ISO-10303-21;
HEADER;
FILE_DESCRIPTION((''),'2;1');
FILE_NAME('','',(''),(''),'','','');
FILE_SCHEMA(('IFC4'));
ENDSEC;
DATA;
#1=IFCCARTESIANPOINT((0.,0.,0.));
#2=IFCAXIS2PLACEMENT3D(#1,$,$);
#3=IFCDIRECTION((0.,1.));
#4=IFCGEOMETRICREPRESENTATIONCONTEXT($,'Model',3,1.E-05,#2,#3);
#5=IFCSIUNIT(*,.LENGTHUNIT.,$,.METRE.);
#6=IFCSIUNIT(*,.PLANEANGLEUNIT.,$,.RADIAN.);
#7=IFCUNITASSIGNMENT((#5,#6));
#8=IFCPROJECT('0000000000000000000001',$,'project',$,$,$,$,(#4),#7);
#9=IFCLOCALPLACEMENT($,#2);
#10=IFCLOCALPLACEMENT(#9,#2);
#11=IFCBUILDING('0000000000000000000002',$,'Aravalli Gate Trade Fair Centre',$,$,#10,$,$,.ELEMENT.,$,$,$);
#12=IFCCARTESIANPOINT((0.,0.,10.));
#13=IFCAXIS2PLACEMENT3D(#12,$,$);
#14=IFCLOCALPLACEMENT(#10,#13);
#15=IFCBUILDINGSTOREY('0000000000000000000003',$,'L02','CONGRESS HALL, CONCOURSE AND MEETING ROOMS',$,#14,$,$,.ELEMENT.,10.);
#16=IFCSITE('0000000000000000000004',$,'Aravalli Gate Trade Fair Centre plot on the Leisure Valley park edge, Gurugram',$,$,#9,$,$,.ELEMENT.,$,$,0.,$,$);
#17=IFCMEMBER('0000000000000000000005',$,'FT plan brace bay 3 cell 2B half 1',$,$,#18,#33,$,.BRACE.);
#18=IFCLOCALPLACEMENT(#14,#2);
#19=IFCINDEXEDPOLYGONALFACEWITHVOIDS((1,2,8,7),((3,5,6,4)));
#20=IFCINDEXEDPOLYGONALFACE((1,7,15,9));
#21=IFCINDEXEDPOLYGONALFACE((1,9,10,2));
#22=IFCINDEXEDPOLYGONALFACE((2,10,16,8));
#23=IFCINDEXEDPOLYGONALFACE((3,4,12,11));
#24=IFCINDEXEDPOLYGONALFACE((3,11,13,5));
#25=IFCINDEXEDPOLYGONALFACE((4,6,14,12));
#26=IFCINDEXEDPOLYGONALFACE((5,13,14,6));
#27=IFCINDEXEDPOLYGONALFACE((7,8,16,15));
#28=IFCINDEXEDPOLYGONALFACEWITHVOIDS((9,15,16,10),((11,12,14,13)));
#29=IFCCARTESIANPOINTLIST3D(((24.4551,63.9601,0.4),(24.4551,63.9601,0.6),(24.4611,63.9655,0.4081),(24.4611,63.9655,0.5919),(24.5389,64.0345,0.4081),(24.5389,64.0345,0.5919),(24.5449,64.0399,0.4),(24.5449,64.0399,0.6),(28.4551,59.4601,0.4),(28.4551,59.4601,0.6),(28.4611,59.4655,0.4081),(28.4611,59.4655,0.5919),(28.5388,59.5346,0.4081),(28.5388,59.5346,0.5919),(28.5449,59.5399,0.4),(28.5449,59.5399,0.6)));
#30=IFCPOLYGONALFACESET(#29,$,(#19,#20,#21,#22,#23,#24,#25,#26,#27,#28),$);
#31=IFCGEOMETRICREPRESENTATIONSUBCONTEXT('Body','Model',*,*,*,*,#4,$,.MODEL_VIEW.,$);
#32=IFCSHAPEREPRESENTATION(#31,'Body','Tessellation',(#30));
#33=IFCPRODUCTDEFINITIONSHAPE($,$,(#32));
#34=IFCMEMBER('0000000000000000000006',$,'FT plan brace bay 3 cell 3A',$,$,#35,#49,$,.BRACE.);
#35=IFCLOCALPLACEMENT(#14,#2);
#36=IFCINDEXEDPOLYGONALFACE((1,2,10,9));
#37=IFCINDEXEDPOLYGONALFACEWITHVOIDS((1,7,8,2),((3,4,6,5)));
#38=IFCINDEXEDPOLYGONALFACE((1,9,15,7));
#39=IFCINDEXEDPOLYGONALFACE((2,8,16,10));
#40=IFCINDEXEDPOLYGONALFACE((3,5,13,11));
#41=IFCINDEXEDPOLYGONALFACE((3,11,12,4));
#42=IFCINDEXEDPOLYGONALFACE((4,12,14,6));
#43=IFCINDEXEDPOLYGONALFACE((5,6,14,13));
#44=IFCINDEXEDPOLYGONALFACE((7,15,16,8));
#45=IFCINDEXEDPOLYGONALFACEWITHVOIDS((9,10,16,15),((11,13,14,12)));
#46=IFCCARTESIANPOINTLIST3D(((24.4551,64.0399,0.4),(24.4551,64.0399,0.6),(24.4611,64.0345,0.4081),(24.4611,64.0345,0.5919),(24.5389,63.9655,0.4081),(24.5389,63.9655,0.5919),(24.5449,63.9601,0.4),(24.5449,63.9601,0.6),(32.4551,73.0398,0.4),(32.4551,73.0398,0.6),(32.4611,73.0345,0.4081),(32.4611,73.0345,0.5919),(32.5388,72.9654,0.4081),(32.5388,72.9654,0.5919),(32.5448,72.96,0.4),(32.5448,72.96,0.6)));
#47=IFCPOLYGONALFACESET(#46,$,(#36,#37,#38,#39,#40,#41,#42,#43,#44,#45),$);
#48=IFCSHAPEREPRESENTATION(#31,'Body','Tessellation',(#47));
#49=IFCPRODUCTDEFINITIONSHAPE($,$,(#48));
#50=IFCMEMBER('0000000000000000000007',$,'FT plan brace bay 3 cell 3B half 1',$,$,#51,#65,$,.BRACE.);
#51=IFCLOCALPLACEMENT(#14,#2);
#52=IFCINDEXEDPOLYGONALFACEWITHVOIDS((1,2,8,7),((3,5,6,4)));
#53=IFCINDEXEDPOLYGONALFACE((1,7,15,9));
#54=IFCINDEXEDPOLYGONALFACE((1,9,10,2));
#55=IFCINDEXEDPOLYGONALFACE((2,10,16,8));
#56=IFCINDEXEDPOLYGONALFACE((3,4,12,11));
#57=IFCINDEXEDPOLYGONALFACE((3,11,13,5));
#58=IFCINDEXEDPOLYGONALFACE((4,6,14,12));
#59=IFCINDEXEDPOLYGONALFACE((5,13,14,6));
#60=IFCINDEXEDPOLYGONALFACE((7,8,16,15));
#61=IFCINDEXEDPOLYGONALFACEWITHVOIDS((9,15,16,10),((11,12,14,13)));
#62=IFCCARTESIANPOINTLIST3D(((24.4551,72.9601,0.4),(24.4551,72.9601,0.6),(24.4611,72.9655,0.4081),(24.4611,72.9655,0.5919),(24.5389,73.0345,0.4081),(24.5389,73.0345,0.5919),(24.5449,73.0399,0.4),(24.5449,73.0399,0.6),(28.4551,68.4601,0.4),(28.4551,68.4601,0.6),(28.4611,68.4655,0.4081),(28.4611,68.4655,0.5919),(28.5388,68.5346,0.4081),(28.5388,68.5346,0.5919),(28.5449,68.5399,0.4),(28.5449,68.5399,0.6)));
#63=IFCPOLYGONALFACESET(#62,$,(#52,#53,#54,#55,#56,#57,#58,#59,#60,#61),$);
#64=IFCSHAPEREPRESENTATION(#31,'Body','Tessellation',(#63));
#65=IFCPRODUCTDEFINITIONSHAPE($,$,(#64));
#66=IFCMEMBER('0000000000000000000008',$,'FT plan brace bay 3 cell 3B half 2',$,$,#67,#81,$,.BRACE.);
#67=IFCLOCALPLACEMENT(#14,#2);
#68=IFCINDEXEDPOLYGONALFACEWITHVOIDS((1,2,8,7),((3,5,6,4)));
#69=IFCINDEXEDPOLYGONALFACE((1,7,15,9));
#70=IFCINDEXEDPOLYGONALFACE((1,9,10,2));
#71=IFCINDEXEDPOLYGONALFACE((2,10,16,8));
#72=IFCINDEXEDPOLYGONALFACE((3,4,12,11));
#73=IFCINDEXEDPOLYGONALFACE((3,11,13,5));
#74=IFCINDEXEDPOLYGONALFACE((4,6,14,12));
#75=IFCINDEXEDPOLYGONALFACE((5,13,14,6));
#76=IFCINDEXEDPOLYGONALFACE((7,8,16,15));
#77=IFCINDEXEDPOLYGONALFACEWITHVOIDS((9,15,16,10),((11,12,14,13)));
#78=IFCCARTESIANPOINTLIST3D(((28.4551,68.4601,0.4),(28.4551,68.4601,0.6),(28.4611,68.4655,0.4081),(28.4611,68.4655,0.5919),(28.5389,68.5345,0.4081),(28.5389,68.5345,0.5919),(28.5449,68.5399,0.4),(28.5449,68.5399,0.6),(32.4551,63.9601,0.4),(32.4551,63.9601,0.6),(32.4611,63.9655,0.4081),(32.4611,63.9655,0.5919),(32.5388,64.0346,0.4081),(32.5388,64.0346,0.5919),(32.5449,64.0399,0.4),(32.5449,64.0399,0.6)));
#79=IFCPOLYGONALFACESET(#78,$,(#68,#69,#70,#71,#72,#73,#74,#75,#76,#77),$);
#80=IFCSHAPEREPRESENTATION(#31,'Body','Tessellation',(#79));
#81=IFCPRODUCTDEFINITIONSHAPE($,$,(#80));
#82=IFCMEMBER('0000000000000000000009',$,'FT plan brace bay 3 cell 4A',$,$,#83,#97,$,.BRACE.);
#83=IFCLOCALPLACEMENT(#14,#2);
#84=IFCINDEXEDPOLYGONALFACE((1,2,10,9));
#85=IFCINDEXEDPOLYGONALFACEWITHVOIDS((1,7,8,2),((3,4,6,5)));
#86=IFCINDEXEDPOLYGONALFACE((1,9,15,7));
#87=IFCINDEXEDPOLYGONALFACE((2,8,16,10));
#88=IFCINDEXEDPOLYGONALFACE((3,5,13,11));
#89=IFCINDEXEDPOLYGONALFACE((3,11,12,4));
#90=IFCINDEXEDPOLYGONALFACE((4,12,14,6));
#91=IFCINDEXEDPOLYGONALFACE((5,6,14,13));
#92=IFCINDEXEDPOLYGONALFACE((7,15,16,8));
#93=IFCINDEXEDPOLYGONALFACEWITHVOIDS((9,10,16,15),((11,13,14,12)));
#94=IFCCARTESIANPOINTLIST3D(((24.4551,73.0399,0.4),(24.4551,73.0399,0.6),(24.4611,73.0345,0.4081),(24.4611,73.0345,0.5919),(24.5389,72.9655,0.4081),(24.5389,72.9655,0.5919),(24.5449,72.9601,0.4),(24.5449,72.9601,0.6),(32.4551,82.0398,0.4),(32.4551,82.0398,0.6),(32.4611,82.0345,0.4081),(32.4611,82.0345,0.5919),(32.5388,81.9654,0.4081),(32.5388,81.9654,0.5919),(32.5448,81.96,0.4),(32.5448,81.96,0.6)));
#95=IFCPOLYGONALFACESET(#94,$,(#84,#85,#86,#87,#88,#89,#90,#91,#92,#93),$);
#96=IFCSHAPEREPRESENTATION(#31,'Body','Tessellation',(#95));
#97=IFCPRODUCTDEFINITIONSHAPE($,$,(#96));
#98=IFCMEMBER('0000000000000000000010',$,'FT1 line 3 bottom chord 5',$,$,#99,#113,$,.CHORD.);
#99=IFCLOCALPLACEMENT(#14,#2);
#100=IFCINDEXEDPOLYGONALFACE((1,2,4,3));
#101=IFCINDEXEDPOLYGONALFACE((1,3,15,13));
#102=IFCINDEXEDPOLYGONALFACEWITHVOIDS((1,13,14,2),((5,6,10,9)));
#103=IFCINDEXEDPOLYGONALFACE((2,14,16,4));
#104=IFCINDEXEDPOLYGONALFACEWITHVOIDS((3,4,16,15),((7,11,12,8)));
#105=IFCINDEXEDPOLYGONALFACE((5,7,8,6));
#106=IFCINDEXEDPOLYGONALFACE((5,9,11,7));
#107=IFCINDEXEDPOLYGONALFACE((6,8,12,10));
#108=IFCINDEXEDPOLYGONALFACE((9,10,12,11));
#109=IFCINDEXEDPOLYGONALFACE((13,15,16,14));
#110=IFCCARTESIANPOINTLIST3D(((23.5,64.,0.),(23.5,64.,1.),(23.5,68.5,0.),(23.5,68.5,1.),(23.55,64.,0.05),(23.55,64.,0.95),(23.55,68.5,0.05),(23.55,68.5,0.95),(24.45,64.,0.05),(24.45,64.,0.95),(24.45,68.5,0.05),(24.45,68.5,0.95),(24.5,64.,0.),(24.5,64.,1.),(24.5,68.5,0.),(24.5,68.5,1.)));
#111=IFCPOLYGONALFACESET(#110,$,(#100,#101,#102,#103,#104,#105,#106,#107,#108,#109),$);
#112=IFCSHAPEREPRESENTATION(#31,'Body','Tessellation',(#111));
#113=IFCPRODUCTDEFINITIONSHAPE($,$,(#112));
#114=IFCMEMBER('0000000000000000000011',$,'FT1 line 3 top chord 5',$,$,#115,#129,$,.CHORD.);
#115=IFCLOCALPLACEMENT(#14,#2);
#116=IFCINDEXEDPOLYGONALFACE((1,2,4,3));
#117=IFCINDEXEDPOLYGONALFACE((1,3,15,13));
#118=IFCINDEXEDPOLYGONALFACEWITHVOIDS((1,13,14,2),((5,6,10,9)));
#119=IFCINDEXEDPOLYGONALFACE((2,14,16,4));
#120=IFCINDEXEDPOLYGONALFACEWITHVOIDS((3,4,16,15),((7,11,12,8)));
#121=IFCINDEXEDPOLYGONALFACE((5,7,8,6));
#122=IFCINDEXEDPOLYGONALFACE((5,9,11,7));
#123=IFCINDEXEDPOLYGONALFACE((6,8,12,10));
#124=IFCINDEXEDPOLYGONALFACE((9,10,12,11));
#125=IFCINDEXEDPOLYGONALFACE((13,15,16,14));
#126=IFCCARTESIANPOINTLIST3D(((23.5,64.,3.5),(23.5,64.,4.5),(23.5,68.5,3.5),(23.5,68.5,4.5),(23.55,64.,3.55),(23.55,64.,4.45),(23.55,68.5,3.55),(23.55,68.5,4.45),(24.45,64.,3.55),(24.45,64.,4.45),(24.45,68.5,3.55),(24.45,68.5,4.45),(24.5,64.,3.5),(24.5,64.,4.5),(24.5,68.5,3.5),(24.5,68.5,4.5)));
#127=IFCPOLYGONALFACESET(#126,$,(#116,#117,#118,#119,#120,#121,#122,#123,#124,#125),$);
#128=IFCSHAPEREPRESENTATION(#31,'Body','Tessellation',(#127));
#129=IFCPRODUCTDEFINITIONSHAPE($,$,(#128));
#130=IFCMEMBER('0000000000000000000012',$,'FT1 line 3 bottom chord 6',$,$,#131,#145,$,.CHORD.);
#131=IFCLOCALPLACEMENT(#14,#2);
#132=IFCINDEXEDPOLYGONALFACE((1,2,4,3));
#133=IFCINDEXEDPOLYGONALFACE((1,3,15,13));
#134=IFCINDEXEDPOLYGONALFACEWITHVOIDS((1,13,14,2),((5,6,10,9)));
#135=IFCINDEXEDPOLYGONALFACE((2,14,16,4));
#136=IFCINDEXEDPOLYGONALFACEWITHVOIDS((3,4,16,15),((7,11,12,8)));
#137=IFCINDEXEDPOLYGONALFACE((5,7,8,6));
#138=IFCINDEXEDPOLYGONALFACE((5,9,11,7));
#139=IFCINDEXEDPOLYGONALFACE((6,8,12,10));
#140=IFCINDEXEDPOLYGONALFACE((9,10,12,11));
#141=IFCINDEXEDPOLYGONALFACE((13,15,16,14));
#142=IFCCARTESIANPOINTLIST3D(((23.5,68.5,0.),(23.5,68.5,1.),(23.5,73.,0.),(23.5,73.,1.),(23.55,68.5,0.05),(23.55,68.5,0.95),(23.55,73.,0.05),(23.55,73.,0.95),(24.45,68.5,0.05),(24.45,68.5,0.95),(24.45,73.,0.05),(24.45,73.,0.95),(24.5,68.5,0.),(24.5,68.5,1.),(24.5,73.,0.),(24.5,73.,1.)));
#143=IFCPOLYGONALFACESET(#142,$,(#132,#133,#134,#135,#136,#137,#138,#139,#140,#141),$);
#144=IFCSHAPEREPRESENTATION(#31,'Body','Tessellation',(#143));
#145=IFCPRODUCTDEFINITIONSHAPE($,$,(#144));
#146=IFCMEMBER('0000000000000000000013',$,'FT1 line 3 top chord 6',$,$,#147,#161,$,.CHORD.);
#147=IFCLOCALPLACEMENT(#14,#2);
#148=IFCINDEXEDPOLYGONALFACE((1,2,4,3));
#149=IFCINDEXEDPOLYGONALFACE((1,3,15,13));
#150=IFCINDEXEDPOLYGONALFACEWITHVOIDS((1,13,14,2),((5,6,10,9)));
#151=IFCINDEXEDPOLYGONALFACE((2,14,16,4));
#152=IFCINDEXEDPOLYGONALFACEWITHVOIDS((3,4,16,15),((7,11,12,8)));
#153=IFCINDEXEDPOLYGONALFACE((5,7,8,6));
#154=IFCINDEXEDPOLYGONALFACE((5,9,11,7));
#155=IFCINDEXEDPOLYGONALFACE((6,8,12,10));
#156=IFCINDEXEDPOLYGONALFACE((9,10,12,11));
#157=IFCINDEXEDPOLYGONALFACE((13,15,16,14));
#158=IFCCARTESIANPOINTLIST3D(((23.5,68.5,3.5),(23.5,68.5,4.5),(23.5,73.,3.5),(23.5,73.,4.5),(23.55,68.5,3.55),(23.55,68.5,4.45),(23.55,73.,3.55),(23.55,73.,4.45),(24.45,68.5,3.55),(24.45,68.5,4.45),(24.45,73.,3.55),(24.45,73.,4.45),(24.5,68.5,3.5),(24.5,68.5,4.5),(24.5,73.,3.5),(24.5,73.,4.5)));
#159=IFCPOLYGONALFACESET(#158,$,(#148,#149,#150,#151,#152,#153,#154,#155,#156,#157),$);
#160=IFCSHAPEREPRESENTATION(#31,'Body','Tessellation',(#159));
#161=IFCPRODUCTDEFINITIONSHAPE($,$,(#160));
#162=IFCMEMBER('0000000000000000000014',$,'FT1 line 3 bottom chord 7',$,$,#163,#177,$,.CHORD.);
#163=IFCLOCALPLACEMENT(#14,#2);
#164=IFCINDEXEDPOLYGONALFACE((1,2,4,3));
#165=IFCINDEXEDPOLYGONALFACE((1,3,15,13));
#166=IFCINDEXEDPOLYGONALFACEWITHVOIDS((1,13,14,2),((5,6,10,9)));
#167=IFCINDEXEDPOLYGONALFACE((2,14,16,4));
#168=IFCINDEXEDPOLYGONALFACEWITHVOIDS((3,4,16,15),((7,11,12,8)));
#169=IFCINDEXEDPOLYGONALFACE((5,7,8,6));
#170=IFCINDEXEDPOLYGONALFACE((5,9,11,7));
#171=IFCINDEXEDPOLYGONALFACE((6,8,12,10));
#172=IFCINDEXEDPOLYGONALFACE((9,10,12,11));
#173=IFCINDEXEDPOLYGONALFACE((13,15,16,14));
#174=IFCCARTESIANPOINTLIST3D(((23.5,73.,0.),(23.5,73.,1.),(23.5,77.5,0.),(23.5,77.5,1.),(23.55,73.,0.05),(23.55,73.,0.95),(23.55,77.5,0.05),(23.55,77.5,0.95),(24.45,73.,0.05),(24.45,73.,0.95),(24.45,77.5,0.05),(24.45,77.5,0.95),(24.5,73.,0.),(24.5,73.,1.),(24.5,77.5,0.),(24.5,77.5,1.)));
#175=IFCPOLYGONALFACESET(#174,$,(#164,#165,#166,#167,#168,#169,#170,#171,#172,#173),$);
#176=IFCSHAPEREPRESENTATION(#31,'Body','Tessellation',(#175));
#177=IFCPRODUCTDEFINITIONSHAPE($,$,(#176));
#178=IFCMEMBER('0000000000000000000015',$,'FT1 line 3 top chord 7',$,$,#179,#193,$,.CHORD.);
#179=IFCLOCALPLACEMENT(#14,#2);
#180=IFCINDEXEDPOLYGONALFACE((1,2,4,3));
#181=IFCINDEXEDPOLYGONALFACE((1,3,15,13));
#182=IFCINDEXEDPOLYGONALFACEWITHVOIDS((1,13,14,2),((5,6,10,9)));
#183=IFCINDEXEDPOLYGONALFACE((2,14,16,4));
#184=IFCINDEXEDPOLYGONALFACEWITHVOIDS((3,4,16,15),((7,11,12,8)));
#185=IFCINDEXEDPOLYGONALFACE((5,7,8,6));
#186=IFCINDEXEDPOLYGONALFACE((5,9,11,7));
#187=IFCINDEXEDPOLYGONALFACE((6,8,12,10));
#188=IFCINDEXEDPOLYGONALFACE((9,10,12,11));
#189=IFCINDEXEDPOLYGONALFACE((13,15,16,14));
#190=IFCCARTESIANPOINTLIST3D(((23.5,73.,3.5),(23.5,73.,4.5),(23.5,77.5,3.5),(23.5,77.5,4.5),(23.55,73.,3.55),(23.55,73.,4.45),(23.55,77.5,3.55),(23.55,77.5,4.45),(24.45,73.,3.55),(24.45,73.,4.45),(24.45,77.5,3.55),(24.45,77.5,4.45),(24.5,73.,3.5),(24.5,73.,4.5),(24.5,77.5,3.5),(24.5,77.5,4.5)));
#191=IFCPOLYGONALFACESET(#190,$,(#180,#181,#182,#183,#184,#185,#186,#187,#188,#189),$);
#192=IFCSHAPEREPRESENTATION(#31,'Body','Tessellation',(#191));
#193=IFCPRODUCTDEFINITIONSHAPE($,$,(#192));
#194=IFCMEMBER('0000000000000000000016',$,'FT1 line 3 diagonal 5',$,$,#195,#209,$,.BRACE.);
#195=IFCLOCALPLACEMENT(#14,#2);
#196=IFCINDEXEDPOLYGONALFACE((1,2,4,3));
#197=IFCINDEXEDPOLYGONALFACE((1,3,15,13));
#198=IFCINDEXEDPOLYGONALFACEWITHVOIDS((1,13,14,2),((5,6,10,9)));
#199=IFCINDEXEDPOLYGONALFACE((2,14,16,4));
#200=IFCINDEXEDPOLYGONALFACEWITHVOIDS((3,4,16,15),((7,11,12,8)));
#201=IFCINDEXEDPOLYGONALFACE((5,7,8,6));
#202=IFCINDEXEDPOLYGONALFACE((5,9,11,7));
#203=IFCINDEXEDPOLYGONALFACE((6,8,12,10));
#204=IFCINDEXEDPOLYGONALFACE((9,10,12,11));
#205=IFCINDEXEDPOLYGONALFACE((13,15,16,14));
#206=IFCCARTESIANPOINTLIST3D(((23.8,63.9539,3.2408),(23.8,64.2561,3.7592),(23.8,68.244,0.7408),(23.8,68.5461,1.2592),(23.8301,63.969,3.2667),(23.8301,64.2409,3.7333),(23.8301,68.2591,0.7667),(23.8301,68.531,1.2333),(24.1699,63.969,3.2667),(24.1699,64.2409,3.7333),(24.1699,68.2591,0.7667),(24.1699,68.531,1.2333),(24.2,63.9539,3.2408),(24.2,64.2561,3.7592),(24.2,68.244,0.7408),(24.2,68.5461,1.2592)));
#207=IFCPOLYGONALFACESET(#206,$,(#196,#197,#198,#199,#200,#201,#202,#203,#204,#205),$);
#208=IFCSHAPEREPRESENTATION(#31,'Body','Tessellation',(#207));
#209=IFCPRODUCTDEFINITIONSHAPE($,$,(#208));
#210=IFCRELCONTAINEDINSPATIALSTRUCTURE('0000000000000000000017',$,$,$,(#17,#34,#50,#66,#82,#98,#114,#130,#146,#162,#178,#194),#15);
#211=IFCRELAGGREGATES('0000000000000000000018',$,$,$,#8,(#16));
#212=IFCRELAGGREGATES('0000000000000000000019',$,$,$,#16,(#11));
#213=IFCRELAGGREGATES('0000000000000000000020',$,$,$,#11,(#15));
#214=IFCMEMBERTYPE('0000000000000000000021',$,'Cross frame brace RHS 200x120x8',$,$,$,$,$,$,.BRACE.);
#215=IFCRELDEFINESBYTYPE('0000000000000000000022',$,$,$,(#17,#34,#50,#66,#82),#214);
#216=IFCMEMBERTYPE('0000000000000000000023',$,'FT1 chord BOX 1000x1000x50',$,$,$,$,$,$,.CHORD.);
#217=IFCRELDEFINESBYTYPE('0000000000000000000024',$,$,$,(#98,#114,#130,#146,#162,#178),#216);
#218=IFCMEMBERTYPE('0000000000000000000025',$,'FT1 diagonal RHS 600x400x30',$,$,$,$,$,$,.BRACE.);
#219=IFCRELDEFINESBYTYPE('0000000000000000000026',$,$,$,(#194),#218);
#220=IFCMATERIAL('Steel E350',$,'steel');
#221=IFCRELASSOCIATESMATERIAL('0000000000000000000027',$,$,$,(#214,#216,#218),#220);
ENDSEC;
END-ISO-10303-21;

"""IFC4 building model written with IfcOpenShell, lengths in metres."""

from ifc_helpers import new_model, si_unit, direction, frame, origin, origin_2d, place, context, subcontext, project, spatial, hollow_rectangle, extrude, material, material_profile, profile_set, type_object, element, save


model = new_model("IFC4")

# Units and contexts
model_context = context("Model", 3, precision=1e-05, world=origin(), true_north=direction((0.0, 1.0)))
body_context = subcontext(model_context, "Body", "Model", "MODEL_VIEW")
ifc_project = project(units=[si_unit("LENGTHUNIT", "METRE"), si_unit("PLANEANGLEUNIT", "RADIAN")], contexts=[model_context])

# Site, building, storey
site_placement = place(None, origin())
site = spatial("IfcSite", under=ifc_project, at=site_placement, Name="Aravalli Gate Trade Fair Centre plot on the Leisure Valley park edge, Gurugram", CompositionType="ELEMENT", RefElevation=0.0)
building_placement = place(site_placement, origin())
building = spatial("IfcBuilding", under=site, at=building_placement, Name="Aravalli Gate Trade Fair Centre", CompositionType="ELEMENT")
storey_placement = place(building_placement, frame((0.0, 0.0, 10.0)))
storey = spatial("IfcBuildingStorey", under=building, at=storey_placement, Name="L02", Description="CONGRESS HALL, CONCOURSE AND MEETING ROOMS", CompositionType="ELEMENT", Elevation=10.0)

# Members
ifc_material = material(Name="Steel E350", Category="steel")
ifc_material_profile_1 = material_profile(ifc_material, hollow_rectangle(XDim=0.1201, YDim=0.2, WallThickness=0.0081, at=origin_2d()), Name="RHS 200x120x8")
ifc_profile_set_1 = profile_set([ifc_material_profile_1], Name="Steel E350")
member_type_1 = type_object("IfcMemberType", Name="Cross frame brace RHS 200x120x8", PredefinedType="BRACE", material=ifc_profile_set_1)
member_1_placement = place(storey_placement, frame((24.5, 64.0, 0.5), z_axis=(0.664364, -0.747409, 0.0), x_axis=(0.747409, 0.664364, 0.0)))
element("IfcMember", 1, at=member_1_placement, inside=storey, type_object=member_type_1, Name="FT plan brace bay 3 cell 2B half 1", PredefinedType="BRACE", context=body_context, shape_type="SweptSolid", body=[
    extrude(hollow_rectangle(XDim=0.1201, YDim=0.2, WallThickness=0.0081, at=origin_2d()), origin(), (0.0, 0.0, 1.0), 6.0208),
])
member_2_placement = place(storey_placement, frame((24.5, 64.0, 0.5), z_axis=(0.664364, 0.747409, 0.0), x_axis=(-0.747409, 0.664364, 0.0)))
element("IfcMember", 2, at=member_2_placement, inside=storey, type_object=member_type_1, Name="FT plan brace bay 3 cell 3A", PredefinedType="BRACE", context=body_context, shape_type="SweptSolid", body=[
    extrude(hollow_rectangle(XDim=0.1201, YDim=0.2, WallThickness=0.0081, at=origin_2d()), origin(), (0.0, 0.0, 1.0), 12.0415),
])
for number, where, z_axis, x_axis, name in (
    (3, (24.5, 73.0, 0.5), (0.664364, -0.747409, 0.0), (0.747409, 0.664364, 0.0), "FT plan brace bay 3 cell 3B half 1"),
    (4, (28.5, 68.5, 0.5), (0.664364, -0.747409, 0.0), (0.747409, 0.664364, 0.0), "FT plan brace bay 3 cell 3B half 2"),
):
    element("IfcMember", number, at=place(storey_placement, frame(where, z_axis=z_axis, x_axis=x_axis)), inside=storey, type_object=member_type_1, Name=name, PredefinedType="BRACE", context=body_context, shape_type="SweptSolid", body=[
        extrude(hollow_rectangle(XDim=0.1201, YDim=0.2, WallThickness=0.0081, at=origin_2d()), origin(), (0.0, 0.0, 1.0), 6.0208),
    ])
member_3_placement = place(storey_placement, frame((24.5, 73.0, 0.5), z_axis=(0.664364, 0.747409, 0.0), x_axis=(-0.747409, 0.664364, 0.0)))
element("IfcMember", 5, at=member_3_placement, inside=storey, type_object=member_type_1, Name="FT plan brace bay 3 cell 4A", PredefinedType="BRACE", context=body_context, shape_type="SweptSolid", body=[
    extrude(hollow_rectangle(XDim=0.1201, YDim=0.2, WallThickness=0.0081, at=origin_2d()), origin(), (0.0, 0.0, 1.0), 12.0415),
])
ifc_material_profile_2 = material_profile(ifc_material, hollow_rectangle(XDim=1.0, YDim=1.0, WallThickness=0.05, at=origin_2d()), Name="BOX 1000x1000x50")
ifc_profile_set_2 = profile_set([ifc_material_profile_2], Name="Steel E350")
member_type_2 = type_object("IfcMemberType", Name="FT1 chord BOX 1000x1000x50", PredefinedType="CHORD", material=ifc_profile_set_2)
for number, where, z_axis, x_axis, name in (
    (6, (24.0, 64.0, 0.5), (0.0, 1.0, 0.0), (-1.0, 0.0, 0.0), "FT1 line 3 bottom chord 5"),
    (7, (24.0, 64.0, 4.0), (0.0, 1.0, 0.0), (-1.0, 0.0, 0.0), "FT1 line 3 top chord 5"),
    (8, (24.0, 68.5, 0.5), (0.0, 1.0, 0.0), (-1.0, 0.0, 0.0), "FT1 line 3 bottom chord 6"),
    (9, (24.0, 68.5, 4.0), (0.0, 1.0, 0.0), (-1.0, 0.0, 0.0), "FT1 line 3 top chord 6"),
    (10, (24.0, 73.0, 0.5), (0.0, 1.0, 0.0), (-1.0, 0.0, 0.0), "FT1 line 3 bottom chord 7"),
    (11, (24.0, 73.0, 4.0), (0.0, 1.0, 0.0), (-1.0, 0.0, 0.0), "FT1 line 3 top chord 7"),
):
    element("IfcMember", number, at=place(storey_placement, frame(where, z_axis=z_axis, x_axis=x_axis)), inside=storey, type_object=member_type_2, Name=name, PredefinedType="CHORD", context=body_context, shape_type="SweptSolid", body=[
        extrude(hollow_rectangle(XDim=1.0, YDim=1.0, WallThickness=0.05, at=origin_2d()), origin(), (0.0, 0.0, 1.0), 4.5),
    ])
ifc_material_profile_3 = material_profile(ifc_material, hollow_rectangle(XDim=0.3999, YDim=0.6001, WallThickness=0.03, at=origin_2d()), Name="RHS 600x400x30")
ifc_profile_set_3 = profile_set([ifc_material_profile_3], Name="Steel E350")
member_type_3 = type_object("IfcMemberType", Name="FT1 diagonal RHS 600x400x30", PredefinedType="BRACE", material=ifc_profile_set_3)
for number, where, z_axis, x_axis, name in (
    (12, (24.0, 64.105, 3.5), (0.0, 0.864, -0.503492), (-1.0, 0.0, 0.0), "FT1 line 3 diagonal 5"),
):
    element("IfcMember", number, at=place(storey_placement, frame(where, z_axis=z_axis, x_axis=x_axis)), inside=storey, type_object=member_type_3, Name=name, PredefinedType="BRACE", context=body_context, shape_type="SweptSolid", body=[
        extrude(hollow_rectangle(XDim=0.3999, YDim=0.6001, WallThickness=0.03, at=origin_2d()), origin(), (0.0, 0.0, 1.0), 4.9653),
    ])

save(model, "model.ifc")
